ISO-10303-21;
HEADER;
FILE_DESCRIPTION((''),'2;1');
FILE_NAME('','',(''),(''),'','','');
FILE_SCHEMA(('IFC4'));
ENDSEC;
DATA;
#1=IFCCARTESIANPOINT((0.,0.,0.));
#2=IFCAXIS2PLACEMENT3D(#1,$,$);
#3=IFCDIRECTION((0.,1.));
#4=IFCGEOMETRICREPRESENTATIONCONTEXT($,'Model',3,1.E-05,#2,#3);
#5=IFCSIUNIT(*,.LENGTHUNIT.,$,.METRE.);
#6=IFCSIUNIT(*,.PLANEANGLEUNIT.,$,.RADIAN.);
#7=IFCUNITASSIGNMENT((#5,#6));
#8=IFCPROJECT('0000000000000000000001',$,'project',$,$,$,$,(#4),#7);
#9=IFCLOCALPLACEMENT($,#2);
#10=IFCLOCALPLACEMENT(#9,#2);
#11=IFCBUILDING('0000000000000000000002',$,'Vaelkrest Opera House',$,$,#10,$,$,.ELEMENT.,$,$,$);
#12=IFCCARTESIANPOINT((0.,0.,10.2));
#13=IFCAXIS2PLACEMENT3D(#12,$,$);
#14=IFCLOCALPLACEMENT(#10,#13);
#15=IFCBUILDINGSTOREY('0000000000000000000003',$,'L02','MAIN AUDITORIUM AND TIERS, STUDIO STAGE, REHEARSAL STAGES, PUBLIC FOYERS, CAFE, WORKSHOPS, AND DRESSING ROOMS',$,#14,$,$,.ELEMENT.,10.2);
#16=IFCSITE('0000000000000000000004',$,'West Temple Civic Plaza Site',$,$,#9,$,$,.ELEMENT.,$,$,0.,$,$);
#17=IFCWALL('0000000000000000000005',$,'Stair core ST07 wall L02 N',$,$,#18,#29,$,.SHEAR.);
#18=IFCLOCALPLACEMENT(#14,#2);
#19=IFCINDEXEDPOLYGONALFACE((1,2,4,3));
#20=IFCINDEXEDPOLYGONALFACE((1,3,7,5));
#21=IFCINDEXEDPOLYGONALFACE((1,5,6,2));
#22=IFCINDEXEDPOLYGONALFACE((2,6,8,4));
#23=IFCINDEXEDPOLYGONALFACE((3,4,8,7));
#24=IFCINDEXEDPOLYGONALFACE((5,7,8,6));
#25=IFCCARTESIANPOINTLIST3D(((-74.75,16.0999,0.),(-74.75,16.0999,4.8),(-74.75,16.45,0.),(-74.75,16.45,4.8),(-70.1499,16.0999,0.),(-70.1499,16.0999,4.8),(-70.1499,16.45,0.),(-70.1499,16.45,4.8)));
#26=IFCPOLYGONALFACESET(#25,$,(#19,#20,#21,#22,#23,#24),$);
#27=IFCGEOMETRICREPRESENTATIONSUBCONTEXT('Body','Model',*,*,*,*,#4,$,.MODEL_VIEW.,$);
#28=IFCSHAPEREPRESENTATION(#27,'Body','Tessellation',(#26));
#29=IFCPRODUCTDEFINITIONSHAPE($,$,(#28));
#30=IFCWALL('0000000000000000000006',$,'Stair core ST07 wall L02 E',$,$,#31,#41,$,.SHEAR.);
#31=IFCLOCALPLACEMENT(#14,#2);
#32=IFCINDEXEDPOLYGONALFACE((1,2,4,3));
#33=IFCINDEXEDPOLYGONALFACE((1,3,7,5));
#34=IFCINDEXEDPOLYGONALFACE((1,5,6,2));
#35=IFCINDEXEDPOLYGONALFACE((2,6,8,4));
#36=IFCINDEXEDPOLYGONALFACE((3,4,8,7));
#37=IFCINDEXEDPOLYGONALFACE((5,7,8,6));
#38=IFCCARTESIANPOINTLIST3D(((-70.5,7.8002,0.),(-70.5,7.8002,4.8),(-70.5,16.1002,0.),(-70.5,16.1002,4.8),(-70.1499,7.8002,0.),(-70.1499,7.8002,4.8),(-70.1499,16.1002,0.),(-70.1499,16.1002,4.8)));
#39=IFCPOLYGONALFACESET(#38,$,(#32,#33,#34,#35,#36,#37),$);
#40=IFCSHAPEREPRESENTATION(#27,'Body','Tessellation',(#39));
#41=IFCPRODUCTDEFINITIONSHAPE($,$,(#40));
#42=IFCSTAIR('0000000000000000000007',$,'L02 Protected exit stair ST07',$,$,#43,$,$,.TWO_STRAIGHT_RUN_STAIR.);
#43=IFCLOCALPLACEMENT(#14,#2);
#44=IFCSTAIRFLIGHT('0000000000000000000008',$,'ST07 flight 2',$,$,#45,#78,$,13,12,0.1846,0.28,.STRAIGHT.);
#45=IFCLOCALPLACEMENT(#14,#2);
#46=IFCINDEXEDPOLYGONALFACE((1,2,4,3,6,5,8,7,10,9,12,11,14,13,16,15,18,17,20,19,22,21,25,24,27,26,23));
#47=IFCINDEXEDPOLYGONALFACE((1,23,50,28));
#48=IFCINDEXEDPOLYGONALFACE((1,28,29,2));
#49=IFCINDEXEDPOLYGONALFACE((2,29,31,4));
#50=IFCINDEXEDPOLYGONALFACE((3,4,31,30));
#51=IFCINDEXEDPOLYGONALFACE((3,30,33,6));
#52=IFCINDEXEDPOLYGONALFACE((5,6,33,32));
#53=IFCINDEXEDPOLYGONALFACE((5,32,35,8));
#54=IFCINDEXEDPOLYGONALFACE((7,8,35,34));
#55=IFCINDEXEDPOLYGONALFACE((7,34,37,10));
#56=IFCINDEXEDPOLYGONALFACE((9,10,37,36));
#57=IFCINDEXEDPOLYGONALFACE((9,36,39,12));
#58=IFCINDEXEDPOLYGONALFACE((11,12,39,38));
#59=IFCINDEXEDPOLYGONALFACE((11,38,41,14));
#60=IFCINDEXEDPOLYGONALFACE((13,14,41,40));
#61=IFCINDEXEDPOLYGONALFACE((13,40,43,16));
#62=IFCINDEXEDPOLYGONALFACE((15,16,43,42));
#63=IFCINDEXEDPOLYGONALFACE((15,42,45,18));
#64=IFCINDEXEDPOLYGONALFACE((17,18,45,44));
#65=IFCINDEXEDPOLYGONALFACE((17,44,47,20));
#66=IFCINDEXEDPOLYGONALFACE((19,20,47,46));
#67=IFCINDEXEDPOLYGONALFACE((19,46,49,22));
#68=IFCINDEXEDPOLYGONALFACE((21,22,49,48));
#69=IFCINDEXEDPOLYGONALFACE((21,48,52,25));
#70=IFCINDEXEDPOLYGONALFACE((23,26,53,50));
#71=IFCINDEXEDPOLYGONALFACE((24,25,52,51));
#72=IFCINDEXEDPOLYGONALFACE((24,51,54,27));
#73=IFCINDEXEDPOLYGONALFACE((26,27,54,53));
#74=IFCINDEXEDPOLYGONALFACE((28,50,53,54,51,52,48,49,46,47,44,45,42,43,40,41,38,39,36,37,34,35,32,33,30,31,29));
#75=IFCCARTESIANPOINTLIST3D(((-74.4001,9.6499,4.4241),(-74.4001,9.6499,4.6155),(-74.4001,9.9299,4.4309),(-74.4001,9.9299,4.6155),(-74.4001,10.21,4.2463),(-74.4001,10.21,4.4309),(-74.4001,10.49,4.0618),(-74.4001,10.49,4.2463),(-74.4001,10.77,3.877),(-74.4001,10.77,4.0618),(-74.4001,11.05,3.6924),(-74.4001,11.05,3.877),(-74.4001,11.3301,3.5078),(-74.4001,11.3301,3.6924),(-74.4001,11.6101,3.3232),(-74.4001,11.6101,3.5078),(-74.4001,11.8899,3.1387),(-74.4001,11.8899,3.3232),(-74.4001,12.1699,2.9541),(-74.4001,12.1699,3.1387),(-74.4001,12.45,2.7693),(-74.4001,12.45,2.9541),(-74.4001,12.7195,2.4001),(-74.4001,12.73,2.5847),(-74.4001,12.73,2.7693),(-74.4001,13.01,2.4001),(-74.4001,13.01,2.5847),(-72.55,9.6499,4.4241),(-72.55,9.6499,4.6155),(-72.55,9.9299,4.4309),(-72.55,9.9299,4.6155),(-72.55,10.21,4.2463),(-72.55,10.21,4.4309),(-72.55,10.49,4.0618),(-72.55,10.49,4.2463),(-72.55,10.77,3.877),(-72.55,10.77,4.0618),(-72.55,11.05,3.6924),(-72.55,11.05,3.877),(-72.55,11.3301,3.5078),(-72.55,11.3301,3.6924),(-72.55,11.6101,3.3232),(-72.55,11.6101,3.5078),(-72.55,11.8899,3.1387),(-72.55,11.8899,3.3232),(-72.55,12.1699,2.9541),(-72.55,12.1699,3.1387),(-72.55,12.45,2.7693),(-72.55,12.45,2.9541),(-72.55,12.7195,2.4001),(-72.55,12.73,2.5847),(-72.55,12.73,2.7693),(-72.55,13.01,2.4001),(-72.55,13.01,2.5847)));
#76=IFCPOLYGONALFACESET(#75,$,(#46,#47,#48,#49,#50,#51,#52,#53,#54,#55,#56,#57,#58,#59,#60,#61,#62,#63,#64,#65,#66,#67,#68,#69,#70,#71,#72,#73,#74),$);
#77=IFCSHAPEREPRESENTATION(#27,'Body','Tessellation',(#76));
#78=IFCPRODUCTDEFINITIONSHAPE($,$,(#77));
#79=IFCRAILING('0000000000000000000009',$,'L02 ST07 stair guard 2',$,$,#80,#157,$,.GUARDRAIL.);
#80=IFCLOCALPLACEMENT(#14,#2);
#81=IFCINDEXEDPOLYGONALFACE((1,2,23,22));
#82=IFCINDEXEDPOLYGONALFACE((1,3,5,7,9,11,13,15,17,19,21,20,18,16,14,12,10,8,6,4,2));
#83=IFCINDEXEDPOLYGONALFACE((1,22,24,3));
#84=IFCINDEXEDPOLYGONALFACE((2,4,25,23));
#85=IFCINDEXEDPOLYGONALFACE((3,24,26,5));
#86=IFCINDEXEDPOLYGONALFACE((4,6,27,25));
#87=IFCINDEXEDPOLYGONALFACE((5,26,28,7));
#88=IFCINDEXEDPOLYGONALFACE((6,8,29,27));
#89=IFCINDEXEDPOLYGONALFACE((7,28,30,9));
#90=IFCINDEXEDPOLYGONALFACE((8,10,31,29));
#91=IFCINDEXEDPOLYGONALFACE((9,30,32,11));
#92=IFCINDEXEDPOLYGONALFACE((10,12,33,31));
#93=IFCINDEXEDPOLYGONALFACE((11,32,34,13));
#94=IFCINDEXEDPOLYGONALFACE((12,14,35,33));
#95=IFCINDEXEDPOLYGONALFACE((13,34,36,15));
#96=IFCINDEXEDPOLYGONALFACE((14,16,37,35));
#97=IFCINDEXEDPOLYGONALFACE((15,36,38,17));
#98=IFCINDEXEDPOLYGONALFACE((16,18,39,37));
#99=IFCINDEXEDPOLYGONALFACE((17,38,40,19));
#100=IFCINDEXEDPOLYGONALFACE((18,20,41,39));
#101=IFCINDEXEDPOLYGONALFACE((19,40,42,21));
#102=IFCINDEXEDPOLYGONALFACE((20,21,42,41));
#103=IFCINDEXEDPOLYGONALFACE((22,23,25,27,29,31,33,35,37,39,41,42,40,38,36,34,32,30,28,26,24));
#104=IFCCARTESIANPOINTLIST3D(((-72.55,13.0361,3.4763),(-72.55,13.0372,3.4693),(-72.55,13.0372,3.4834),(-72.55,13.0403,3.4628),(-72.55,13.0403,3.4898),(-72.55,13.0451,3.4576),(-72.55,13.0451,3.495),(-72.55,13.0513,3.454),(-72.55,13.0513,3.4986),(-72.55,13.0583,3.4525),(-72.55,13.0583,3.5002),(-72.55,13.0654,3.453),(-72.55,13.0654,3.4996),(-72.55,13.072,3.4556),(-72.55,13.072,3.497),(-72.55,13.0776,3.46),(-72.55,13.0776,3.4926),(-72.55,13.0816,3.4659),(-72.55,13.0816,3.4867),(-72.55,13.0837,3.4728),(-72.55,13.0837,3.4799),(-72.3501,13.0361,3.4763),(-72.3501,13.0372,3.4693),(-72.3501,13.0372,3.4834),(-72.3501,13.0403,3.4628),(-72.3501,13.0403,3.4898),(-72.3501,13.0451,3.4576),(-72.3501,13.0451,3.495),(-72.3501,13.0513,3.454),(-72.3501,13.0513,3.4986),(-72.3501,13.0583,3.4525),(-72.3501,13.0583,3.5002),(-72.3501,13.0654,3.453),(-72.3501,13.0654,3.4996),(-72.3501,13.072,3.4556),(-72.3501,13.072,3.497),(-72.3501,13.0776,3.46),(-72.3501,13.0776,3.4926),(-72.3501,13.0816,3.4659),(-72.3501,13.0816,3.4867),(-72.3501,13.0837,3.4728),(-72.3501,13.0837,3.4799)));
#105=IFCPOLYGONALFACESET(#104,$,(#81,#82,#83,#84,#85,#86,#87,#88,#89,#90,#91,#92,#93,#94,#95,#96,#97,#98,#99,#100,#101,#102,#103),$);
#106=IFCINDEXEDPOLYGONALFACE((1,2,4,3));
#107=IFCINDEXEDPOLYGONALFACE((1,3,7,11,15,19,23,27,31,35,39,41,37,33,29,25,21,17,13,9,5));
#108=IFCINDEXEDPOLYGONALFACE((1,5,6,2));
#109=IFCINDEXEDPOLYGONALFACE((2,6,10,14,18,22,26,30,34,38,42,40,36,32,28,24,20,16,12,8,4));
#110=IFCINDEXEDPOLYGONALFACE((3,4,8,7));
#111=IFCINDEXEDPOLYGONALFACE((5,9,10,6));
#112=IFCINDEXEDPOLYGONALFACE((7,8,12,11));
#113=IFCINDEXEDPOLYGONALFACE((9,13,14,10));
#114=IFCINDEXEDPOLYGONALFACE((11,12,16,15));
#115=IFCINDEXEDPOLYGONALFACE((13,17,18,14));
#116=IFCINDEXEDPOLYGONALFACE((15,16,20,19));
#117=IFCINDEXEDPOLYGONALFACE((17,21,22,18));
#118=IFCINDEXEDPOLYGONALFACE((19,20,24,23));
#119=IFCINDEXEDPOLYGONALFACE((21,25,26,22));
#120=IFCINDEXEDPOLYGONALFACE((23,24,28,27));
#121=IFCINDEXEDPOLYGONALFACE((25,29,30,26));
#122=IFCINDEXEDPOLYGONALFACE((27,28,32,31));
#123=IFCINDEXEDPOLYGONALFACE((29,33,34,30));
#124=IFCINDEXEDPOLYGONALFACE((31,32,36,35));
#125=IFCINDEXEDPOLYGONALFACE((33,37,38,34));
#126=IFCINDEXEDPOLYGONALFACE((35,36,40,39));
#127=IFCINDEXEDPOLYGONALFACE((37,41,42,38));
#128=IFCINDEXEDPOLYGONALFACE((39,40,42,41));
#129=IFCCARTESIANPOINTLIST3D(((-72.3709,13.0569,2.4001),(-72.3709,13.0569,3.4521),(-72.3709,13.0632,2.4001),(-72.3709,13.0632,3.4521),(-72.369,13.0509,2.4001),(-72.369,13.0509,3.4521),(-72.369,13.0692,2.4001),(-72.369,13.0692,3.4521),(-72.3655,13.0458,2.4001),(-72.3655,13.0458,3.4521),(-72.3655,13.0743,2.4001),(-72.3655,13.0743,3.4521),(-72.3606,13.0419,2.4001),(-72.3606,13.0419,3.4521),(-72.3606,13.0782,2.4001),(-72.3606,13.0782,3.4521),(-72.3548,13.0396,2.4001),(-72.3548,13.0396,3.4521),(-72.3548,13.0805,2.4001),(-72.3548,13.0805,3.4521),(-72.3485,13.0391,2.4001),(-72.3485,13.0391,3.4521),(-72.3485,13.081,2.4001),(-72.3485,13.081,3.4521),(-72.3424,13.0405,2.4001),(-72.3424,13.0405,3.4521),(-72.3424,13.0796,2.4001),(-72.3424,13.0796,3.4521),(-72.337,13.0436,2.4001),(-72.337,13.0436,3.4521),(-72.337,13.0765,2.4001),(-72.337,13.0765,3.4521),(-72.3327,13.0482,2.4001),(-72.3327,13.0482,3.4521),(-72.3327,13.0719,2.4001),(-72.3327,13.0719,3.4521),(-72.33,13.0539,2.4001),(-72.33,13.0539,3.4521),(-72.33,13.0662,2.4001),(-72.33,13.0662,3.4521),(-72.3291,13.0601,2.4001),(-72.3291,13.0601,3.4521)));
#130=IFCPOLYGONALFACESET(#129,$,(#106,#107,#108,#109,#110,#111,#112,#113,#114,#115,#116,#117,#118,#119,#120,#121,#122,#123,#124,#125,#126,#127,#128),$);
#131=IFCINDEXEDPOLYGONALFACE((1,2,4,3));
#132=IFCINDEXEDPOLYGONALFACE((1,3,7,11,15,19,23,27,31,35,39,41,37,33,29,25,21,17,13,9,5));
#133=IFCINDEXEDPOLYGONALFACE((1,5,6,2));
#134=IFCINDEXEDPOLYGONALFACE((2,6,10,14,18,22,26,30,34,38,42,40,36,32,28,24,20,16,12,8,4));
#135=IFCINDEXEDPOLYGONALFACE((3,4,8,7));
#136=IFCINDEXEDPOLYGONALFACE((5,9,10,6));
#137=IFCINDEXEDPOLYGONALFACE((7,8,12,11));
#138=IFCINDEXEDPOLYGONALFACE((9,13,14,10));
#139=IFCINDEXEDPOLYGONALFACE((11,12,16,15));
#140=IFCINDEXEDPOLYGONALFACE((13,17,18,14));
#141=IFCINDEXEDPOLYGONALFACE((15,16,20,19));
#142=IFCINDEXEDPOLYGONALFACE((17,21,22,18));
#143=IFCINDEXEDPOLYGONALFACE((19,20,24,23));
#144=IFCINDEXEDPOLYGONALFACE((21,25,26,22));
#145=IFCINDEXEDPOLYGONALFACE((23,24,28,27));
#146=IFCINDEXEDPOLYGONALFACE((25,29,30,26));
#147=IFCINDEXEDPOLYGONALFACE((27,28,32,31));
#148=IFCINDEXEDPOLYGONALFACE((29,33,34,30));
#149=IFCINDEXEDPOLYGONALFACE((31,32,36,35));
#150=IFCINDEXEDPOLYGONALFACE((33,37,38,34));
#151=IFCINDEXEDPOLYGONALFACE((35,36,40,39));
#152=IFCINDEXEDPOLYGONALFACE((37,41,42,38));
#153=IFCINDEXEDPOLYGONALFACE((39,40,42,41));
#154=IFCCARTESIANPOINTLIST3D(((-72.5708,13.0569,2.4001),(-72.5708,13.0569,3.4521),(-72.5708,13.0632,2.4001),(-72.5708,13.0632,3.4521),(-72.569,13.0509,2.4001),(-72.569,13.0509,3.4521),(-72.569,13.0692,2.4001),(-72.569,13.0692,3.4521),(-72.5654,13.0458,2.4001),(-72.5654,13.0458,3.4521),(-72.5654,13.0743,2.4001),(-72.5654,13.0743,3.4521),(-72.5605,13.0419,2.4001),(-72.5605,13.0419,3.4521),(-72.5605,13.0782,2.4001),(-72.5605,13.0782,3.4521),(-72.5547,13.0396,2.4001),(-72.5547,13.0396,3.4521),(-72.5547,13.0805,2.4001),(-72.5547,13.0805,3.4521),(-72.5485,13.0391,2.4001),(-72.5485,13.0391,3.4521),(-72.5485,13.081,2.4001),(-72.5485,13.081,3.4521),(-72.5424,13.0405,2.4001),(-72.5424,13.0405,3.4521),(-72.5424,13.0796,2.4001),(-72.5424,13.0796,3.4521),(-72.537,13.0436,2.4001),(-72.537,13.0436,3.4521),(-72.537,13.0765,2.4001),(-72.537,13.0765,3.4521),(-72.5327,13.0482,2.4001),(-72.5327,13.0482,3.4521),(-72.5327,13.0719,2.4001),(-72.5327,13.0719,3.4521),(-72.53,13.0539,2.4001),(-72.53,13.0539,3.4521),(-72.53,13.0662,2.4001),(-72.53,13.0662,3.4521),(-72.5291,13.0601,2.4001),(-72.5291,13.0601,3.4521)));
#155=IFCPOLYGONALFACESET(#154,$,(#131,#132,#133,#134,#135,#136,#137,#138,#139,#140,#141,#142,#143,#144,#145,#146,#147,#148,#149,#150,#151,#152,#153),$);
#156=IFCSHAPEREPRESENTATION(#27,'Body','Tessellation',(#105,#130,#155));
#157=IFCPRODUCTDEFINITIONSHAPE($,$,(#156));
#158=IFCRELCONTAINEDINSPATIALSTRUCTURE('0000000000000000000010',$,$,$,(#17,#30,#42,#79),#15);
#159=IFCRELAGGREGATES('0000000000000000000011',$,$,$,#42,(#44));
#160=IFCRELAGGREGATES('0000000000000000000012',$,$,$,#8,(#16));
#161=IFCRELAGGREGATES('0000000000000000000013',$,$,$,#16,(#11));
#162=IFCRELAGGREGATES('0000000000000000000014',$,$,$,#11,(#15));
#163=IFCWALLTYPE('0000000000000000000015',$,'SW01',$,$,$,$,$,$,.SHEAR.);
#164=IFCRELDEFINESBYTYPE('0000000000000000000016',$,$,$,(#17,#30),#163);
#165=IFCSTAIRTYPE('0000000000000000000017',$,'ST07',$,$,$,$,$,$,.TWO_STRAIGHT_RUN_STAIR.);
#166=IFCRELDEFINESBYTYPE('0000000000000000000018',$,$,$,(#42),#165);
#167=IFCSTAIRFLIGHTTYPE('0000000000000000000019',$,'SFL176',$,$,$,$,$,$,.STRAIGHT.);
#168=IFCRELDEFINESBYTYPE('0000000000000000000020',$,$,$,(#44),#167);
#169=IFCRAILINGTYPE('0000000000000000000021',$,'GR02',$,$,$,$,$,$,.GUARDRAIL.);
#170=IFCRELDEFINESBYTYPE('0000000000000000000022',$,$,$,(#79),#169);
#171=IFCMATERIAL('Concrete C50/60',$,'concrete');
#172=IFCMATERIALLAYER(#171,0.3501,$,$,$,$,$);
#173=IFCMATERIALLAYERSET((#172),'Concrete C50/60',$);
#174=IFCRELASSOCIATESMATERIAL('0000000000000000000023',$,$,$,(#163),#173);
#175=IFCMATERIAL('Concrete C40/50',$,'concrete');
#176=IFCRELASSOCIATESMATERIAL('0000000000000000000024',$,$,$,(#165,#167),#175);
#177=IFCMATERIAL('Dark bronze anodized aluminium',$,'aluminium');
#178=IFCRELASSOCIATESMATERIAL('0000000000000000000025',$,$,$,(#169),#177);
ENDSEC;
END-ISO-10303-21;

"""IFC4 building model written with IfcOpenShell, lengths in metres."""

from ifc_helpers import new_model, si_unit, direction, frame, frame_2d, origin, origin_2d, place, context, subcontext, project, spatial, polyline, rectangle, circle, outline, extrude, material, layer, layer_set, type_object, element, aggregate, save


model = new_model("IFC4")

# Units and contexts
model_context = context("Model", 3, precision=1e-05, world=origin(), true_north=direction((0.0, 1.0)))
body_context = subcontext(model_context, "Body", "Model", "MODEL_VIEW")
ifc_project = project(units=[si_unit("LENGTHUNIT", "METRE"), si_unit("PLANEANGLEUNIT", "RADIAN")], contexts=[model_context])

# Site, building, storey
site_placement = place(None, origin())
site = spatial("IfcSite", under=ifc_project, at=site_placement, Name="West Temple Civic Plaza Site", CompositionType="ELEMENT", RefElevation=0.0)
building_placement = place(site_placement, origin())
building = spatial("IfcBuilding", under=site, at=building_placement, Name="Vaelkrest Opera House", CompositionType="ELEMENT")
storey_placement = place(building_placement, frame((0.0, 0.0, 10.2)))
storey = spatial("IfcBuildingStorey", under=building, at=storey_placement, Name="L02", Description="MAIN AUDITORIUM AND TIERS, STUDIO STAGE, REHEARSAL STAGES, PUBLIC FOYERS, CAFE, WORKSHOPS, AND DRESSING ROOMS", CompositionType="ELEMENT", Elevation=10.2)

# Shared definitions
ifc_material_1 = material(Name="Concrete C50/60", Category="concrete")

# Shared definitions
ifc_material_2 = material(Name="Dark bronze anodized aluminium", Category="aluminium")

# Walls
ifc_layer_1 = layer(ifc_material_1, 0.3501)
ifc_layer_set_1 = layer_set([ifc_layer_1], Name="Concrete C50/60")
wall_type = type_object("IfcWallType", Name="SW01", PredefinedType="SHEAR", material=ifc_layer_set_1)
wall_1_placement = place(storey_placement, frame((-74.75, 16.2749, 0.0), z_axis=(0.0, 0.0, 1.0), x_axis=(1.0, 0.0, 0.0)))
element("IfcWall", 1, at=wall_1_placement, inside=storey, type_object=wall_type, Name="Stair core ST07 wall L02 N", PredefinedType="SHEAR", context=body_context, shape_type="SweptSolid", body=[
    extrude(rectangle(XDim=4.6001, YDim=0.3501, at=frame_2d((2.3, 0.0))), origin(), (0.0, 0.0, 1.0), 4.8),
])
wall_2_placement = place(storey_placement, frame((-70.325, 16.1001, 0.0), z_axis=(0.0, 0.0, 1.0), x_axis=(0.0, -1.0, 0.0)))
element("IfcWall", 2, at=wall_2_placement, inside=storey, type_object=wall_type, Name="Stair core ST07 wall L02 E", PredefinedType="SHEAR", context=body_context, shape_type="SweptSolid", body=[
    extrude(rectangle(XDim=8.3, YDim=0.3501, at=frame_2d((4.1499, 0.0))), origin(), (0.0, 0.0, 1.0), 4.8),
])

# Stair, stair flight
ifc_material_3 = material(Name="Concrete C40/50", Category="concrete")
stair_type = type_object("IfcStairType", Name="ST07", PredefinedType="TWO_STRAIGHT_RUN_STAIR", material=ifc_material_3)
stair_placement = place(storey_placement, origin())
stair = element("IfcStair", 3, at=stair_placement, inside=storey, type_object=stair_type, Name="L02 Protected exit stair ST07", PredefinedType="TWO_STRAIGHT_RUN_STAIR")
stair_flight_type = type_object("IfcStairFlightType", Name="SFL176", PredefinedType="STRAIGHT", material=ifc_material_3)
stair_flight_placement = place(storey_placement, frame((-73.4751, 13.01, 2.4001), z_axis=(0.0, 0.0, 1.0), x_axis=(0.0, -1.0, 0.0)))
stair_flight = element("IfcStairFlight", 4, at=stair_flight_placement, type_object=stair_flight_type, Name="ST07 flight 2", NumberOfRisers=13, NumberOfTreads=12, PredefinedType="STRAIGHT", RiserHeight=0.1846, TreadLength=0.28, context=body_context, shape_type="SweptSolid", body=[
    extrude(outline(polyline([(0.0, 0.0), (0.0, 0.1846), (0.28, 0.1846), (0.28, 0.3691), (0.5601, 0.3691), (0.5601, 0.554), (0.8401, 0.554), (0.8401, 0.7385), (1.1201, 0.7385), (1.1201, 0.9231), (1.3999, 0.9231), (1.3999, 1.1077), (1.6799, 1.1077), (1.6799, 1.2922), (1.96, 1.2922), (1.96, 1.4768), (2.24, 1.4768), (2.24, 1.6616), (2.52, 1.6616), (2.52, 1.8462), (2.8, 1.8462), (2.8, 2.0308), (3.0801, 2.0308), (3.0801, 2.2153), (3.3601, 2.2153), (3.3601, 2.3999), (3.3601, 2.0239), (0.2905, 0.0), (0.0, 0.0)])), frame((0.0, 0.925, 0.0), z_axis=(0.0, -1.0, 0.0), x_axis=(1.0, 0.0, 0.0)), (0.0, 0.0, 1.0), 1.8501),
])
aggregate(stair, [stair_flight])

# Railing
railing_type_1 = type_object("IfcRailingType", Name="GR02", PredefinedType="GUARDRAIL", material=ifc_material_2)
railing_1_placement = place(storey_placement, frame((-72.3501, 13.0601, 2.4001)))
element("IfcRailing", 5, at=railing_1_placement, inside=storey, type_object=railing_type_1, Name="L02 ST07 stair guard 2", PredefinedType="GUARDRAIL", context=body_context, shape_type="SweptSolid", body=[
    extrude(circle(Radius=0.0239, at=origin_2d()), frame((0.0, 0.0, 1.0762), z_axis=(-1.0, 0.0, 0.0), x_axis=(0.0, -1.0, 0.0)), (0.0, 0.0, 1.0), 0.2),
    extrude(circle(Radius=0.021, at=origin_2d()), origin(), (0.0, 0.0, 1.0), 1.052),
    extrude(circle(Radius=0.021, at=origin_2d()), frame((-0.2, 0.0, 0.0)), (0.0, 0.0, 1.0), 1.052),
])

save(model, "model.ifc")
